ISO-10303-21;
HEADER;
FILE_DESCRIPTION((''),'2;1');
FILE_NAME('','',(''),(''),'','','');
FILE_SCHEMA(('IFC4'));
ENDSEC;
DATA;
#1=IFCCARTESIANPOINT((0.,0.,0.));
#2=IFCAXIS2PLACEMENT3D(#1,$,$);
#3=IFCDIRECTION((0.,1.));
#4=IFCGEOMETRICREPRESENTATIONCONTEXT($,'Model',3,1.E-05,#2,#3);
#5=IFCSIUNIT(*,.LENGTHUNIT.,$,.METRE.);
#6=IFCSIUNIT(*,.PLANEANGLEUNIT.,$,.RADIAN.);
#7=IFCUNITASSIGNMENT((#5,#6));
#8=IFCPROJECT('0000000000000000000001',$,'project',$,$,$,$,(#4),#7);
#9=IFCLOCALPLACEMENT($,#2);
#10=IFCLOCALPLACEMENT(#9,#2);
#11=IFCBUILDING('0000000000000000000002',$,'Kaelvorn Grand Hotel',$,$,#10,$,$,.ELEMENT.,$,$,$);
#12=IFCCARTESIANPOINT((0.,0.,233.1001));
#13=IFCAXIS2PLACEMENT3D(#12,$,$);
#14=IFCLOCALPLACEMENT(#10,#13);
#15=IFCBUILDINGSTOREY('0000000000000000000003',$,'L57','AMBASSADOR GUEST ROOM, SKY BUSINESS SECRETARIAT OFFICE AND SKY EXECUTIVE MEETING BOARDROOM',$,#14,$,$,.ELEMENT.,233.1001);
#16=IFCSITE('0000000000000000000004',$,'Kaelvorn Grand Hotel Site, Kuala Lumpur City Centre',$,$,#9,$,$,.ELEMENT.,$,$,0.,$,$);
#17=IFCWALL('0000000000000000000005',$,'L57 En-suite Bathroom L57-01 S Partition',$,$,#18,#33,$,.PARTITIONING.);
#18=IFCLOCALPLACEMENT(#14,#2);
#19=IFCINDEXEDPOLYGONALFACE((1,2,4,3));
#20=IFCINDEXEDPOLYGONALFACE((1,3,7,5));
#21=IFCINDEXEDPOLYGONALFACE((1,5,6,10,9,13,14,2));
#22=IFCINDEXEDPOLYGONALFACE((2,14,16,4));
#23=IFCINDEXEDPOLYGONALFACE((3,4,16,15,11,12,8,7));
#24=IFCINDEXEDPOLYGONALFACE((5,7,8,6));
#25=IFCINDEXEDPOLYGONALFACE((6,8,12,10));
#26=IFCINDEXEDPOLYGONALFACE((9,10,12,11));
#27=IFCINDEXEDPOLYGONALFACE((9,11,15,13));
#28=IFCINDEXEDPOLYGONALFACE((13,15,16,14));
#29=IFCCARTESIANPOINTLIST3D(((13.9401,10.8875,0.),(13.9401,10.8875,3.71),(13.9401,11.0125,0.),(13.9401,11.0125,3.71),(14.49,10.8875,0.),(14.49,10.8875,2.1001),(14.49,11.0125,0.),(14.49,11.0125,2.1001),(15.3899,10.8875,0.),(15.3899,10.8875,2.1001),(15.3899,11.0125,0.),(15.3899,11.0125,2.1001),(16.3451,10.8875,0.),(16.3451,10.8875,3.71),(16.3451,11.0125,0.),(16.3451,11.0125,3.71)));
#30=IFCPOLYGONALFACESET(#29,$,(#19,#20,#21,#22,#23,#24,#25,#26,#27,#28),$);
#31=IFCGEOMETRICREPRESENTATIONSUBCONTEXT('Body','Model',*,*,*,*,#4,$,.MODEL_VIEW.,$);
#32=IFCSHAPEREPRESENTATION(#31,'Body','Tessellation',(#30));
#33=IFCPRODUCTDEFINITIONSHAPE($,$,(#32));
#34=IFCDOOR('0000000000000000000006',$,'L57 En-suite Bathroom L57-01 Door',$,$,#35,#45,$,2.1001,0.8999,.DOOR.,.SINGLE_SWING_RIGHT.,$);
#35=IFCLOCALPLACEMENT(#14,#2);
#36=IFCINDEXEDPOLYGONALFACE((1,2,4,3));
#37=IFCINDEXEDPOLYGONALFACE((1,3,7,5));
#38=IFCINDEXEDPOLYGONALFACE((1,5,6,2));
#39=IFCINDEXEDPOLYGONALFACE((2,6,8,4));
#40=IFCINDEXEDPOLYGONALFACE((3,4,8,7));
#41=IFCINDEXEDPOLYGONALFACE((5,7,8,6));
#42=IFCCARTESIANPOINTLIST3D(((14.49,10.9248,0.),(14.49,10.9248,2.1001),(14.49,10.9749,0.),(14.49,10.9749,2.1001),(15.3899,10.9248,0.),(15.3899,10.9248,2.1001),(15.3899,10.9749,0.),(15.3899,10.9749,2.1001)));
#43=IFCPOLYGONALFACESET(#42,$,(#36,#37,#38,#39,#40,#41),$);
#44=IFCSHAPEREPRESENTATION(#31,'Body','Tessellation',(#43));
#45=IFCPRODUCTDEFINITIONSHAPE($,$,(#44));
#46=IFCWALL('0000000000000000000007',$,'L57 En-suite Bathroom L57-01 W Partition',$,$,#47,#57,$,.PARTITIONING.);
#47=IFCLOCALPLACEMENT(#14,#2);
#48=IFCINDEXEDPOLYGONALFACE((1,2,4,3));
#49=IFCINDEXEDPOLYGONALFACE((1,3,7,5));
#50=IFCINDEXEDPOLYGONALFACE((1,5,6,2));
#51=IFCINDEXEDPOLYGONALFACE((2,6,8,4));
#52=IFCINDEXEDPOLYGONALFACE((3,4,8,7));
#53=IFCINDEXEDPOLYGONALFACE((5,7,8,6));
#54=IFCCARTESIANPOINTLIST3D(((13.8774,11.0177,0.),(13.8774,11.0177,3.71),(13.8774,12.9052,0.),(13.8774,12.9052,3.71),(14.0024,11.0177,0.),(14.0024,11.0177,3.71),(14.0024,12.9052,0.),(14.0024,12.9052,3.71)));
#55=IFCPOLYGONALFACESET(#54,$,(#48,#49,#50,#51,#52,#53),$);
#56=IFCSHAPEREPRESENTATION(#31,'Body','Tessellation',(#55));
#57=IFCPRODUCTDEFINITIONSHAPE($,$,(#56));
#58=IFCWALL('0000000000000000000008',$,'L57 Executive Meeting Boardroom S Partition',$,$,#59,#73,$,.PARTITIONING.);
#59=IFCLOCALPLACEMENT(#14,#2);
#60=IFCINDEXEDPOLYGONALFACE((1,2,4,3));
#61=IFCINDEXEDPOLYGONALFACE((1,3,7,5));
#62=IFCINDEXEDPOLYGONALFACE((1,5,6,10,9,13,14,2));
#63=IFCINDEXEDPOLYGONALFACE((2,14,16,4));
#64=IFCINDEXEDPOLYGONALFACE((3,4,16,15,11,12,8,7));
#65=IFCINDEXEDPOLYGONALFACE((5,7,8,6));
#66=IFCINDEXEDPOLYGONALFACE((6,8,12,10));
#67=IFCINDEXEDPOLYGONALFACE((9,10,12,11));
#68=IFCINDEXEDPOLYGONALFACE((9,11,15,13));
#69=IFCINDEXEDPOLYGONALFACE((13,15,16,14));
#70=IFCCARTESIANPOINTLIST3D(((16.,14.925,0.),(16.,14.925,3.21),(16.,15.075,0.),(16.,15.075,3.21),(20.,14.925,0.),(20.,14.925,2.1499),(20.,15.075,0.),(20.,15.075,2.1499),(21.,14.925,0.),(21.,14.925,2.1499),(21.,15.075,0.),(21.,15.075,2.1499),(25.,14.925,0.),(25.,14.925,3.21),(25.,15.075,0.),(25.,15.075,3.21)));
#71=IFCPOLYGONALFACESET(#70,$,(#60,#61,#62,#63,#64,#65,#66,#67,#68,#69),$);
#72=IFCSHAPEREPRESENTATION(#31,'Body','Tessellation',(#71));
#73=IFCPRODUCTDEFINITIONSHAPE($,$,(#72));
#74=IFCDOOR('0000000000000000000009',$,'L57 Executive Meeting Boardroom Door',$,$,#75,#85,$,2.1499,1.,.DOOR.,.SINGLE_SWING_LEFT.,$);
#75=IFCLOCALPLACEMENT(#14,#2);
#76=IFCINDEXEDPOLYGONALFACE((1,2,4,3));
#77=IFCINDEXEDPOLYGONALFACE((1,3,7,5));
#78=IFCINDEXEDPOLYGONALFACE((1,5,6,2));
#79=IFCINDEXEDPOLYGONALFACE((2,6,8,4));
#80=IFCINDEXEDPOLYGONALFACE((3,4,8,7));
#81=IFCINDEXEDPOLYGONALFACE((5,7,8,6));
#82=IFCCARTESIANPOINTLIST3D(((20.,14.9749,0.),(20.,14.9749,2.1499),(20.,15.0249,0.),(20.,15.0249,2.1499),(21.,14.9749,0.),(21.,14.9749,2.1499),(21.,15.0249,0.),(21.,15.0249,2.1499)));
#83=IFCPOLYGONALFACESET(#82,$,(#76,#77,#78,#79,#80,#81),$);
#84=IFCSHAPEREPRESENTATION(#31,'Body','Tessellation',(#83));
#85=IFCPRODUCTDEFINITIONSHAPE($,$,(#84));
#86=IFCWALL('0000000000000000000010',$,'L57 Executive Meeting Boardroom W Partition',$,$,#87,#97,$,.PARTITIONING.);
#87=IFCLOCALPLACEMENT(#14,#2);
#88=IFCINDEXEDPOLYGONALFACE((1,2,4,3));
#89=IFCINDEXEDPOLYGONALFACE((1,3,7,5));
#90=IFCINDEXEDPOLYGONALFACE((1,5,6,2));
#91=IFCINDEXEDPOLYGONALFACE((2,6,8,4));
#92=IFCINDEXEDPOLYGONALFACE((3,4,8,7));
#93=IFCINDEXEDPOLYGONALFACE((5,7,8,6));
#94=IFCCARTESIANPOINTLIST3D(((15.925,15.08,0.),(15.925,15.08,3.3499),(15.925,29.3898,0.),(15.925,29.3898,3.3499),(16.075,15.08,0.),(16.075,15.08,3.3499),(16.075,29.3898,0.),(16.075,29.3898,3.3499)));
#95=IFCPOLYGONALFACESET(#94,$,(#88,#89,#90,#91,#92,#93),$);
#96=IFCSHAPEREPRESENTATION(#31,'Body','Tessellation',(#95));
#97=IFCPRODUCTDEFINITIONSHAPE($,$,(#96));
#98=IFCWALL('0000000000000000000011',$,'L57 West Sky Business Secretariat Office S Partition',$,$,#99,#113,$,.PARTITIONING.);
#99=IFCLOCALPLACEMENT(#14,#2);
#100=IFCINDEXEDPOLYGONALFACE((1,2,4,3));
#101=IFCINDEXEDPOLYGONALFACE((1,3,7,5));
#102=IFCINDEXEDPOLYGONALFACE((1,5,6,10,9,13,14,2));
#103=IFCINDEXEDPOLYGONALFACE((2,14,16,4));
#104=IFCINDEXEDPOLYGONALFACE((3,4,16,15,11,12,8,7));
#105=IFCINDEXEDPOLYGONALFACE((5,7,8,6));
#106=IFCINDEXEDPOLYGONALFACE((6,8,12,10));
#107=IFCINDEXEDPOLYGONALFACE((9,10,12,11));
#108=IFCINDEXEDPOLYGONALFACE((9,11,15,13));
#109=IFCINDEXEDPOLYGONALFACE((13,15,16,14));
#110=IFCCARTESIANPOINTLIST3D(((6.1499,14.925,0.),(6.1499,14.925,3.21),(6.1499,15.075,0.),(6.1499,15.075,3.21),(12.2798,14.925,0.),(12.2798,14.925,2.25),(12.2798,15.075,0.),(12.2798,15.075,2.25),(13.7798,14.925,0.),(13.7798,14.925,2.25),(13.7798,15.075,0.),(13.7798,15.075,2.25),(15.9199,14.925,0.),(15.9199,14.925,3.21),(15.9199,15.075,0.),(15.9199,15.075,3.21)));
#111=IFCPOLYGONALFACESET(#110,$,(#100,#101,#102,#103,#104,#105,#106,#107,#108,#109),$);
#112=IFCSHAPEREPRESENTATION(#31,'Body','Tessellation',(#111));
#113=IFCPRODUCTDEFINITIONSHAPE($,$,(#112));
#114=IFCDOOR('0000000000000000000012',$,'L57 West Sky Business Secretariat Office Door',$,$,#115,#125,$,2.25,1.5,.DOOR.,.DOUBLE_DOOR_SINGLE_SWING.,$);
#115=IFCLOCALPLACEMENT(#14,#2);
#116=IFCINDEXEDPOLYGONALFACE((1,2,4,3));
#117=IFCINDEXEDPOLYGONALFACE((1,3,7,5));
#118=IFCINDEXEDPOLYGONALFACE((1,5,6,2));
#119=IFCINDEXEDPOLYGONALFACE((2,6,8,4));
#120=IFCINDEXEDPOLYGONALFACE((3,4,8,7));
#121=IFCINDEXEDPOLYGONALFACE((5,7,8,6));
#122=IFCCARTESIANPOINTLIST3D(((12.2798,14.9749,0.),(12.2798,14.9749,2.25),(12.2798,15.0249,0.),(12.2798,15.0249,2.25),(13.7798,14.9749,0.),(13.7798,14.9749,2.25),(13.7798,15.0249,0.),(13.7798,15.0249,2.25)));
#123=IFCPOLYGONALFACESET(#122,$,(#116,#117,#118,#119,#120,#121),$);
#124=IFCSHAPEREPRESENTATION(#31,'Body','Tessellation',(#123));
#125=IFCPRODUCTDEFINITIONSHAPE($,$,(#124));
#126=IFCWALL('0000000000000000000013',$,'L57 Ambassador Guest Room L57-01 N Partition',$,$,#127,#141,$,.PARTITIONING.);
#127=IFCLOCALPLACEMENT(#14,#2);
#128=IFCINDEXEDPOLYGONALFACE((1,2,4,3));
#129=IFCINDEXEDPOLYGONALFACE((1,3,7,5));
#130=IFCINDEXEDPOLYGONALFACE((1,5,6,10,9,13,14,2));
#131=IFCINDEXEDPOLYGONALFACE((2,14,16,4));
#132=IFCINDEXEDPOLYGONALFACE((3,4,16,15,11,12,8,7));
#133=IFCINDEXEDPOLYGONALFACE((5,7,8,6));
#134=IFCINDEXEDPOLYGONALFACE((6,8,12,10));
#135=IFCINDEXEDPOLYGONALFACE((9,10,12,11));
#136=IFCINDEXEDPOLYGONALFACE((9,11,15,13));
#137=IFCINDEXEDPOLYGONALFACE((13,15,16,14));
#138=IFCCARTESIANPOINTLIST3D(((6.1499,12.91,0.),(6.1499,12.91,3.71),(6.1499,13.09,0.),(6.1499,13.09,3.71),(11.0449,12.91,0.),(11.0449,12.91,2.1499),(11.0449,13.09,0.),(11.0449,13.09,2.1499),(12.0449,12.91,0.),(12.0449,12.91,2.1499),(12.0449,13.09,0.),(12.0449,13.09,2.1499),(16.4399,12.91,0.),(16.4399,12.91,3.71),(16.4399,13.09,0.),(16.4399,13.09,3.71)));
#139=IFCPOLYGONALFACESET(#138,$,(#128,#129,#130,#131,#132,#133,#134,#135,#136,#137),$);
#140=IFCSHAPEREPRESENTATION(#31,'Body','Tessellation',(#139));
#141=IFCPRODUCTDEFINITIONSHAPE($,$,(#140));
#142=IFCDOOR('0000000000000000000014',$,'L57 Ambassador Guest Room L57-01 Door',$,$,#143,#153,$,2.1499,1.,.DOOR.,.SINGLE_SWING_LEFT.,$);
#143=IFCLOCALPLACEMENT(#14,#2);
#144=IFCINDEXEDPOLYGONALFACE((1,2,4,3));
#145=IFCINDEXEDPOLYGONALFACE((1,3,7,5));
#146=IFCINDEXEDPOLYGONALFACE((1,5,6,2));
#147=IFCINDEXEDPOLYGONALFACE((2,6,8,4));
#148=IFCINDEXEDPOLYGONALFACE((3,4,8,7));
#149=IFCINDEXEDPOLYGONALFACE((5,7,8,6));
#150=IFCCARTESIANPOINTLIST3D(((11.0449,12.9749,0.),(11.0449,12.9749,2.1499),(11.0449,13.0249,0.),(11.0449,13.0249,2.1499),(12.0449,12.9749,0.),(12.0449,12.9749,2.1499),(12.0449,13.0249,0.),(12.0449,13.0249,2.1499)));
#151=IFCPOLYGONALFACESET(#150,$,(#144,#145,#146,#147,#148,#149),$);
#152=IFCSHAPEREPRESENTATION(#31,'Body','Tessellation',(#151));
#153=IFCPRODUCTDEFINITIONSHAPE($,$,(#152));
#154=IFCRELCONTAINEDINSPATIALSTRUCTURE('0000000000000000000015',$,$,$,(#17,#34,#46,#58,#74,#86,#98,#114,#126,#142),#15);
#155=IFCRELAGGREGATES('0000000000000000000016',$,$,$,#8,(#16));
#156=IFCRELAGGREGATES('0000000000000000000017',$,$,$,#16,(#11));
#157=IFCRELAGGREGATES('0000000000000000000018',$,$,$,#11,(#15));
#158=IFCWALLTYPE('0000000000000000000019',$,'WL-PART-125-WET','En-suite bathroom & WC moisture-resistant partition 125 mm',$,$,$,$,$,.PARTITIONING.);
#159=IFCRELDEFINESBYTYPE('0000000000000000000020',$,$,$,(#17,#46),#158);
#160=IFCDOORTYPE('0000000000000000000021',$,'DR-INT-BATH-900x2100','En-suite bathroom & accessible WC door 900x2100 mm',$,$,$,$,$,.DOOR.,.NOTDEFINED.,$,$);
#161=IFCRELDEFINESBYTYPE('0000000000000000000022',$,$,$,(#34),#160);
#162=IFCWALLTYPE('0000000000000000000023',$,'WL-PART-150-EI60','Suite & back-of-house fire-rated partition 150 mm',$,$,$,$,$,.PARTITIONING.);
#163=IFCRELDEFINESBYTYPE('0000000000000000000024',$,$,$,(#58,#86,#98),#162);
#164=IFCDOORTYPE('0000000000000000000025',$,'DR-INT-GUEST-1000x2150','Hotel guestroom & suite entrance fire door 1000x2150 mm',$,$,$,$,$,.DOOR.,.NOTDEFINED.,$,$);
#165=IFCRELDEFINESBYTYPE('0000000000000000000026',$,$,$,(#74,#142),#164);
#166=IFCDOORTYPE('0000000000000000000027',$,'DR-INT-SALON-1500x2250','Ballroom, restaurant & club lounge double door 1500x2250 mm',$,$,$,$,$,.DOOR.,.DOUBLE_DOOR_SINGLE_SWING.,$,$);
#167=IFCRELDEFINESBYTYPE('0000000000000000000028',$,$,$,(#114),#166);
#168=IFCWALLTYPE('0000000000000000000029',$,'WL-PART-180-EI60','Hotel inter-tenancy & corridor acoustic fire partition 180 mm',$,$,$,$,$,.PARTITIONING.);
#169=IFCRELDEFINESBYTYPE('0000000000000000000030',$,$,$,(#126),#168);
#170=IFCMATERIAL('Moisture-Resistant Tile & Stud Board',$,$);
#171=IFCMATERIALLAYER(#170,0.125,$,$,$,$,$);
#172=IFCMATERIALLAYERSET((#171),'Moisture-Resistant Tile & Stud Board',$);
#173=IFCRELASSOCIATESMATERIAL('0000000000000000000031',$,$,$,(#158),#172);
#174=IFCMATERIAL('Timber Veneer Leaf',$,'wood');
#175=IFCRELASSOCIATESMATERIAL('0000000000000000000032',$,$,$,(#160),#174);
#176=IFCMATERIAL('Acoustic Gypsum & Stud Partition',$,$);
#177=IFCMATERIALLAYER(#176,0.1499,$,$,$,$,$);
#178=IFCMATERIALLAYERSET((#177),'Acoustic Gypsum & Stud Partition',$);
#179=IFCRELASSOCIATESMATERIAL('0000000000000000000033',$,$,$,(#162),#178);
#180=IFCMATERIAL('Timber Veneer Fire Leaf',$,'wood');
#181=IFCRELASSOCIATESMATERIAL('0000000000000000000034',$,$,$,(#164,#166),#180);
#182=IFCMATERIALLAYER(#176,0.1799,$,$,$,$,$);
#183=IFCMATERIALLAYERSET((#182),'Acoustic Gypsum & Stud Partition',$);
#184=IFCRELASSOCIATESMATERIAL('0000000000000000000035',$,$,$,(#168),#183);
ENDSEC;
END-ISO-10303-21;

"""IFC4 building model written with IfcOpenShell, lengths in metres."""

from ifc_helpers import new_model, si_unit, direction, frame, frame_2d, origin, place, context, subcontext, project, spatial, rectangle, extrude, material, layer, layer_set, type_object, element, fill, save


model = new_model("IFC4")

# Units and contexts
model_context = context("Model", 3, precision=1e-05, world=origin(), true_north=direction((0.0, 1.0)))
body_context = subcontext(model_context, "Body", "Model", "MODEL_VIEW")
ifc_project = project(units=[si_unit("LENGTHUNIT", "METRE"), si_unit("PLANEANGLEUNIT", "RADIAN")], contexts=[model_context])

# Site, building, storey
site_placement = place(None, origin())
site = spatial("IfcSite", under=ifc_project, at=site_placement, Name="Kaelvorn Grand Hotel Site, Kuala Lumpur City Centre", CompositionType="ELEMENT", RefElevation=0.0)
building_placement = place(site_placement, origin())
building = spatial("IfcBuilding", under=site, at=building_placement, Name="Kaelvorn Grand Hotel", CompositionType="ELEMENT")
storey_placement = place(building_placement, frame((0.0, 0.0, 233.1001)))
storey = spatial("IfcBuildingStorey", under=building, at=storey_placement, Name="L57", Description="AMBASSADOR GUEST ROOM, SKY BUSINESS SECRETARIAT OFFICE AND SKY EXECUTIVE MEETING BOARDROOM", CompositionType="ELEMENT", Elevation=233.1001)

# Wall, opening, door
ifc_material_1 = material(Name="Moisture-Resistant Tile & Stud Board")
ifc_layer_1 = layer(ifc_material_1, 0.125)
ifc_layer_set_1 = layer_set([ifc_layer_1], Name="Moisture-Resistant Tile & Stud Board")
wall_type_1 = type_object("IfcWallType", Name="WL-PART-125-WET", Description="En-suite bathroom & WC moisture-resistant partition 125 mm", PredefinedType="PARTITIONING", material=ifc_layer_set_1)
wall_1_placement = place(storey_placement, frame((13.9399, 10.95, 0.0), z_axis=(0.0, 0.0, 1.0), x_axis=(1.0, 0.0, 0.0)))
wall_1 = element("IfcWall", 1, at=wall_1_placement, inside=storey, type_object=wall_type_1, Name="L57 En-suite Bathroom L57-01 S Partition", PredefinedType="PARTITIONING", context=body_context, shape_type="SweptSolid", body=[
    extrude(rectangle(XDim=2.405, YDim=0.125, at=frame_2d((1.2026, 0.0))), origin(), (0.0, 0.0, 1.0), 3.71),
])
opening_1_placement = place(wall_1_placement, frame((0.55, 0.0, 0.0)))
opening_1 = element("IfcOpeningElement", 2, at=opening_1_placement, cuts=wall_1, PredefinedType="OPENING", context=body_context, shape_type="SweptSolid", body=[
    extrude(rectangle(XDim=0.8999, YDim=2.1001, at=frame_2d((0.45, 1.05))), frame((0.0, 0.0725, 0.0), z_axis=(0.0, -1.0, 0.0), x_axis=(1.0, 0.0, 0.0)), (0.0, 0.0, 1.0), 0.145),
])
ifc_material_2 = material(Name="Timber Veneer Leaf", Category="wood")
door_type_1 = type_object("IfcDoorType", Name="DR-INT-BATH-900x2100", Description="En-suite bathroom & accessible WC door 900x2100 mm", OperationType="NOTDEFINED", PredefinedType="DOOR", material=ifc_material_2)
door_1_placement = place(opening_1_placement, origin())
door_1 = element("IfcDoor", 3, at=door_1_placement, inside=storey, type_object=door_type_1, Name="L57 En-suite Bathroom L57-01 Door", OperationType="SINGLE_SWING_RIGHT", OverallHeight=2.1001, OverallWidth=0.8999, PredefinedType="DOOR", context=body_context, shape_type="SweptSolid", body=[
    extrude(rectangle(XDim=0.8999, YDim=2.1001, at=frame_2d((0.45, 1.05))), frame((0.0, 0.0249, 0.0), z_axis=(0.0, -1.0, 0.0), x_axis=(1.0, 0.0, 0.0)), (0.0, 0.0, 1.0), 0.05),
])
fill(opening_1, door_1)

# Wall
wall_2_placement = place(storey_placement, frame((13.9399, 11.0176, 0.0), z_axis=(0.0, 0.0, 1.0), x_axis=(0.0, 1.0, 0.0)))
element("IfcWall", 4, at=wall_2_placement, inside=storey, type_object=wall_type_1, Name="L57 En-suite Bathroom L57-01 W Partition", PredefinedType="PARTITIONING", context=body_context, shape_type="SweptSolid", body=[
    extrude(rectangle(XDim=1.8875, YDim=0.125, at=frame_2d((0.9438, 0.0))), origin(), (0.0, 0.0, 1.0), 3.71),
])

# Wall, opening, door
ifc_material_3 = material(Name="Acoustic Gypsum & Stud Partition")
ifc_layer_2 = layer(ifc_material_3, 0.1499)
ifc_layer_set_2 = layer_set([ifc_layer_2], Name="Acoustic Gypsum & Stud Partition")
wall_type_2 = type_object("IfcWallType", Name="WL-PART-150-EI60", Description="Suite & back-of-house fire-rated partition 150 mm", PredefinedType="PARTITIONING", material=ifc_layer_set_2)
wall_3_placement = place(storey_placement, frame((16.0, 15.0, 0.0), z_axis=(0.0, 0.0, 1.0), x_axis=(1.0, 0.0, 0.0)))
wall_3 = element("IfcWall", 5, at=wall_3_placement, inside=storey, type_object=wall_type_2, Name="L57 Executive Meeting Boardroom S Partition", PredefinedType="PARTITIONING", context=body_context, shape_type="SweptSolid", body=[
    extrude(rectangle(XDim=9.0, YDim=0.1499, at=frame_2d((4.5, 0.0))), origin(), (0.0, 0.0, 1.0), 3.21),
])
opening_2_placement = place(wall_3_placement, frame((4.0, 0.0, 0.0)))
opening_2 = element("IfcOpeningElement", 6, at=opening_2_placement, cuts=wall_3, PredefinedType="OPENING", context=body_context, shape_type="SweptSolid", body=[
    extrude(rectangle(XDim=1.0, YDim=2.1499, at=frame_2d((0.5, 1.075))), frame((0.0, 0.085, 0.0), z_axis=(0.0, -1.0, 0.0), x_axis=(1.0, 0.0, 0.0)), (0.0, 0.0, 1.0), 0.1699),
])
ifc_material_4 = material(Name="Timber Veneer Fire Leaf", Category="wood")
door_type_2 = type_object("IfcDoorType", Name="DR-INT-GUEST-1000x2150", Description="Hotel guestroom & suite entrance fire door 1000x2150 mm", OperationType="NOTDEFINED", PredefinedType="DOOR", material=ifc_material_4)
door_2_placement = place(opening_2_placement, origin())
door_2 = element("IfcDoor", 7, at=door_2_placement, inside=storey, type_object=door_type_2, Name="L57 Executive Meeting Boardroom Door", OperationType="SINGLE_SWING_LEFT", OverallHeight=2.1499, OverallWidth=1.0, PredefinedType="DOOR", context=body_context, shape_type="SweptSolid", body=[
    extrude(rectangle(XDim=1.0, YDim=2.1499, at=frame_2d((0.5, 1.075))), frame((0.0, 0.0249, 0.0), z_axis=(0.0, -1.0, 0.0), x_axis=(1.0, 0.0, 0.0)), (0.0, 0.0, 1.0), 0.05),
])
fill(opening_2, door_2)

# Wall
wall_4_placement = place(storey_placement, frame((16.0, 15.0801, 0.0), z_axis=(0.0, 0.0, 1.0), x_axis=(0.0, 1.0, 0.0)))
element("IfcWall", 8, at=wall_4_placement, inside=storey, type_object=wall_type_2, Name="L57 Executive Meeting Boardroom W Partition", PredefinedType="PARTITIONING", context=body_context, shape_type="SweptSolid", body=[
    extrude(rectangle(XDim=14.3098, YDim=0.1499, at=frame_2d((7.1548, 0.0))), origin(), (0.0, 0.0, 1.0), 3.3499),
])

# Walls, openings, doors
wall_5_placement = place(storey_placement, frame((6.1499, 15.0, 0.0), z_axis=(0.0, 0.0, 1.0), x_axis=(1.0, 0.0, 0.0)))
wall_5 = element("IfcWall", 9, at=wall_5_placement, inside=storey, type_object=wall_type_2, Name="L57 West Sky Business Secretariat Office S Partition", PredefinedType="PARTITIONING", context=body_context, shape_type="SweptSolid", body=[
    extrude(rectangle(XDim=9.77, YDim=0.1499, at=frame_2d((4.885, 0.0))), origin(), (0.0, 0.0, 1.0), 3.21),
])
opening_3_placement = place(wall_5_placement, frame((6.1299, 0.0, 0.0)))
opening_3 = element("IfcOpeningElement", 10, at=opening_3_placement, cuts=wall_5, PredefinedType="OPENING", context=body_context, shape_type="SweptSolid", body=[
    extrude(rectangle(XDim=1.5, YDim=2.25, at=frame_2d((0.75, 1.125))), frame((0.0, 0.085, 0.0), z_axis=(0.0, -1.0, 0.0), x_axis=(1.0, 0.0, 0.0)), (0.0, 0.0, 1.0), 0.1699),
])
door_type_3 = type_object("IfcDoorType", Name="DR-INT-SALON-1500x2250", Description="Ballroom, restaurant & club lounge double door 1500x2250 mm", OperationType="DOUBLE_DOOR_SINGLE_SWING", PredefinedType="DOOR", material=ifc_material_4)
door_3_placement = place(opening_3_placement, origin())
door_3 = element("IfcDoor", 11, at=door_3_placement, inside=storey, type_object=door_type_3, Name="L57 West Sky Business Secretariat Office Door", OperationType="DOUBLE_DOOR_SINGLE_SWING", OverallHeight=2.25, OverallWidth=1.5, PredefinedType="DOOR", context=body_context, shape_type="SweptSolid", body=[
    extrude(rectangle(XDim=1.5, YDim=2.25, at=frame_2d((0.75, 1.125))), frame((0.0, 0.0249, 0.0), z_axis=(0.0, -1.0, 0.0), x_axis=(1.0, 0.0, 0.0)), (0.0, 0.0, 1.0), 0.05),
])
fill(opening_3, door_3)
ifc_layer_3 = layer(ifc_material_3, 0.1799)
ifc_layer_set_3 = layer_set([ifc_layer_3], Name="Acoustic Gypsum & Stud Partition")
wall_type_3 = type_object("IfcWallType", Name="WL-PART-180-EI60", Description="Hotel inter-tenancy & corridor acoustic fire partition 180 mm", PredefinedType="PARTITIONING", material=ifc_layer_set_3)
wall_6_placement = place(storey_placement, frame((6.1499, 13.0, 0.0), z_axis=(0.0, 0.0, 1.0), x_axis=(1.0, 0.0, 0.0)))
wall_6 = element("IfcWall", 12, at=wall_6_placement, inside=storey, type_object=wall_type_3, Name="L57 Ambassador Guest Room L57-01 N Partition", PredefinedType="PARTITIONING", context=body_context, shape_type="SweptSolid", body=[
    extrude(rectangle(XDim=10.29, YDim=0.1799, at=frame_2d((5.145, 0.0))), origin(), (0.0, 0.0, 1.0), 3.71),
])
opening_4_placement = place(wall_6_placement, frame((4.895, 0.0, 0.0)))
opening_4 = element("IfcOpeningElement", 13, at=opening_4_placement, cuts=wall_6, PredefinedType="OPENING", context=body_context, shape_type="SweptSolid", body=[
    extrude(rectangle(XDim=1.0, YDim=2.1499, at=frame_2d((0.5, 1.075))), frame((0.0, 0.1001, 0.0), z_axis=(0.0, -1.0, 0.0), x_axis=(1.0, 0.0, 0.0)), (0.0, 0.0, 1.0), 0.2),
])
door_4_placement = place(opening_4_placement, origin())
door_4 = element("IfcDoor", 14, at=door_4_placement, inside=storey, type_object=door_type_2, Name="L57 Ambassador Guest Room L57-01 Door", OperationType="SINGLE_SWING_LEFT", OverallHeight=2.1499, OverallWidth=1.0, PredefinedType="DOOR", context=body_context, shape_type="SweptSolid", body=[
    extrude(rectangle(XDim=1.0, YDim=2.1499, at=frame_2d((0.5, 1.075))), frame((0.0, 0.0249, 0.0), z_axis=(0.0, -1.0, 0.0), x_axis=(1.0, 0.0, 0.0)), (0.0, 0.0, 1.0), 0.05),
])
fill(opening_4, door_4)

save(model, "model.ifc")
